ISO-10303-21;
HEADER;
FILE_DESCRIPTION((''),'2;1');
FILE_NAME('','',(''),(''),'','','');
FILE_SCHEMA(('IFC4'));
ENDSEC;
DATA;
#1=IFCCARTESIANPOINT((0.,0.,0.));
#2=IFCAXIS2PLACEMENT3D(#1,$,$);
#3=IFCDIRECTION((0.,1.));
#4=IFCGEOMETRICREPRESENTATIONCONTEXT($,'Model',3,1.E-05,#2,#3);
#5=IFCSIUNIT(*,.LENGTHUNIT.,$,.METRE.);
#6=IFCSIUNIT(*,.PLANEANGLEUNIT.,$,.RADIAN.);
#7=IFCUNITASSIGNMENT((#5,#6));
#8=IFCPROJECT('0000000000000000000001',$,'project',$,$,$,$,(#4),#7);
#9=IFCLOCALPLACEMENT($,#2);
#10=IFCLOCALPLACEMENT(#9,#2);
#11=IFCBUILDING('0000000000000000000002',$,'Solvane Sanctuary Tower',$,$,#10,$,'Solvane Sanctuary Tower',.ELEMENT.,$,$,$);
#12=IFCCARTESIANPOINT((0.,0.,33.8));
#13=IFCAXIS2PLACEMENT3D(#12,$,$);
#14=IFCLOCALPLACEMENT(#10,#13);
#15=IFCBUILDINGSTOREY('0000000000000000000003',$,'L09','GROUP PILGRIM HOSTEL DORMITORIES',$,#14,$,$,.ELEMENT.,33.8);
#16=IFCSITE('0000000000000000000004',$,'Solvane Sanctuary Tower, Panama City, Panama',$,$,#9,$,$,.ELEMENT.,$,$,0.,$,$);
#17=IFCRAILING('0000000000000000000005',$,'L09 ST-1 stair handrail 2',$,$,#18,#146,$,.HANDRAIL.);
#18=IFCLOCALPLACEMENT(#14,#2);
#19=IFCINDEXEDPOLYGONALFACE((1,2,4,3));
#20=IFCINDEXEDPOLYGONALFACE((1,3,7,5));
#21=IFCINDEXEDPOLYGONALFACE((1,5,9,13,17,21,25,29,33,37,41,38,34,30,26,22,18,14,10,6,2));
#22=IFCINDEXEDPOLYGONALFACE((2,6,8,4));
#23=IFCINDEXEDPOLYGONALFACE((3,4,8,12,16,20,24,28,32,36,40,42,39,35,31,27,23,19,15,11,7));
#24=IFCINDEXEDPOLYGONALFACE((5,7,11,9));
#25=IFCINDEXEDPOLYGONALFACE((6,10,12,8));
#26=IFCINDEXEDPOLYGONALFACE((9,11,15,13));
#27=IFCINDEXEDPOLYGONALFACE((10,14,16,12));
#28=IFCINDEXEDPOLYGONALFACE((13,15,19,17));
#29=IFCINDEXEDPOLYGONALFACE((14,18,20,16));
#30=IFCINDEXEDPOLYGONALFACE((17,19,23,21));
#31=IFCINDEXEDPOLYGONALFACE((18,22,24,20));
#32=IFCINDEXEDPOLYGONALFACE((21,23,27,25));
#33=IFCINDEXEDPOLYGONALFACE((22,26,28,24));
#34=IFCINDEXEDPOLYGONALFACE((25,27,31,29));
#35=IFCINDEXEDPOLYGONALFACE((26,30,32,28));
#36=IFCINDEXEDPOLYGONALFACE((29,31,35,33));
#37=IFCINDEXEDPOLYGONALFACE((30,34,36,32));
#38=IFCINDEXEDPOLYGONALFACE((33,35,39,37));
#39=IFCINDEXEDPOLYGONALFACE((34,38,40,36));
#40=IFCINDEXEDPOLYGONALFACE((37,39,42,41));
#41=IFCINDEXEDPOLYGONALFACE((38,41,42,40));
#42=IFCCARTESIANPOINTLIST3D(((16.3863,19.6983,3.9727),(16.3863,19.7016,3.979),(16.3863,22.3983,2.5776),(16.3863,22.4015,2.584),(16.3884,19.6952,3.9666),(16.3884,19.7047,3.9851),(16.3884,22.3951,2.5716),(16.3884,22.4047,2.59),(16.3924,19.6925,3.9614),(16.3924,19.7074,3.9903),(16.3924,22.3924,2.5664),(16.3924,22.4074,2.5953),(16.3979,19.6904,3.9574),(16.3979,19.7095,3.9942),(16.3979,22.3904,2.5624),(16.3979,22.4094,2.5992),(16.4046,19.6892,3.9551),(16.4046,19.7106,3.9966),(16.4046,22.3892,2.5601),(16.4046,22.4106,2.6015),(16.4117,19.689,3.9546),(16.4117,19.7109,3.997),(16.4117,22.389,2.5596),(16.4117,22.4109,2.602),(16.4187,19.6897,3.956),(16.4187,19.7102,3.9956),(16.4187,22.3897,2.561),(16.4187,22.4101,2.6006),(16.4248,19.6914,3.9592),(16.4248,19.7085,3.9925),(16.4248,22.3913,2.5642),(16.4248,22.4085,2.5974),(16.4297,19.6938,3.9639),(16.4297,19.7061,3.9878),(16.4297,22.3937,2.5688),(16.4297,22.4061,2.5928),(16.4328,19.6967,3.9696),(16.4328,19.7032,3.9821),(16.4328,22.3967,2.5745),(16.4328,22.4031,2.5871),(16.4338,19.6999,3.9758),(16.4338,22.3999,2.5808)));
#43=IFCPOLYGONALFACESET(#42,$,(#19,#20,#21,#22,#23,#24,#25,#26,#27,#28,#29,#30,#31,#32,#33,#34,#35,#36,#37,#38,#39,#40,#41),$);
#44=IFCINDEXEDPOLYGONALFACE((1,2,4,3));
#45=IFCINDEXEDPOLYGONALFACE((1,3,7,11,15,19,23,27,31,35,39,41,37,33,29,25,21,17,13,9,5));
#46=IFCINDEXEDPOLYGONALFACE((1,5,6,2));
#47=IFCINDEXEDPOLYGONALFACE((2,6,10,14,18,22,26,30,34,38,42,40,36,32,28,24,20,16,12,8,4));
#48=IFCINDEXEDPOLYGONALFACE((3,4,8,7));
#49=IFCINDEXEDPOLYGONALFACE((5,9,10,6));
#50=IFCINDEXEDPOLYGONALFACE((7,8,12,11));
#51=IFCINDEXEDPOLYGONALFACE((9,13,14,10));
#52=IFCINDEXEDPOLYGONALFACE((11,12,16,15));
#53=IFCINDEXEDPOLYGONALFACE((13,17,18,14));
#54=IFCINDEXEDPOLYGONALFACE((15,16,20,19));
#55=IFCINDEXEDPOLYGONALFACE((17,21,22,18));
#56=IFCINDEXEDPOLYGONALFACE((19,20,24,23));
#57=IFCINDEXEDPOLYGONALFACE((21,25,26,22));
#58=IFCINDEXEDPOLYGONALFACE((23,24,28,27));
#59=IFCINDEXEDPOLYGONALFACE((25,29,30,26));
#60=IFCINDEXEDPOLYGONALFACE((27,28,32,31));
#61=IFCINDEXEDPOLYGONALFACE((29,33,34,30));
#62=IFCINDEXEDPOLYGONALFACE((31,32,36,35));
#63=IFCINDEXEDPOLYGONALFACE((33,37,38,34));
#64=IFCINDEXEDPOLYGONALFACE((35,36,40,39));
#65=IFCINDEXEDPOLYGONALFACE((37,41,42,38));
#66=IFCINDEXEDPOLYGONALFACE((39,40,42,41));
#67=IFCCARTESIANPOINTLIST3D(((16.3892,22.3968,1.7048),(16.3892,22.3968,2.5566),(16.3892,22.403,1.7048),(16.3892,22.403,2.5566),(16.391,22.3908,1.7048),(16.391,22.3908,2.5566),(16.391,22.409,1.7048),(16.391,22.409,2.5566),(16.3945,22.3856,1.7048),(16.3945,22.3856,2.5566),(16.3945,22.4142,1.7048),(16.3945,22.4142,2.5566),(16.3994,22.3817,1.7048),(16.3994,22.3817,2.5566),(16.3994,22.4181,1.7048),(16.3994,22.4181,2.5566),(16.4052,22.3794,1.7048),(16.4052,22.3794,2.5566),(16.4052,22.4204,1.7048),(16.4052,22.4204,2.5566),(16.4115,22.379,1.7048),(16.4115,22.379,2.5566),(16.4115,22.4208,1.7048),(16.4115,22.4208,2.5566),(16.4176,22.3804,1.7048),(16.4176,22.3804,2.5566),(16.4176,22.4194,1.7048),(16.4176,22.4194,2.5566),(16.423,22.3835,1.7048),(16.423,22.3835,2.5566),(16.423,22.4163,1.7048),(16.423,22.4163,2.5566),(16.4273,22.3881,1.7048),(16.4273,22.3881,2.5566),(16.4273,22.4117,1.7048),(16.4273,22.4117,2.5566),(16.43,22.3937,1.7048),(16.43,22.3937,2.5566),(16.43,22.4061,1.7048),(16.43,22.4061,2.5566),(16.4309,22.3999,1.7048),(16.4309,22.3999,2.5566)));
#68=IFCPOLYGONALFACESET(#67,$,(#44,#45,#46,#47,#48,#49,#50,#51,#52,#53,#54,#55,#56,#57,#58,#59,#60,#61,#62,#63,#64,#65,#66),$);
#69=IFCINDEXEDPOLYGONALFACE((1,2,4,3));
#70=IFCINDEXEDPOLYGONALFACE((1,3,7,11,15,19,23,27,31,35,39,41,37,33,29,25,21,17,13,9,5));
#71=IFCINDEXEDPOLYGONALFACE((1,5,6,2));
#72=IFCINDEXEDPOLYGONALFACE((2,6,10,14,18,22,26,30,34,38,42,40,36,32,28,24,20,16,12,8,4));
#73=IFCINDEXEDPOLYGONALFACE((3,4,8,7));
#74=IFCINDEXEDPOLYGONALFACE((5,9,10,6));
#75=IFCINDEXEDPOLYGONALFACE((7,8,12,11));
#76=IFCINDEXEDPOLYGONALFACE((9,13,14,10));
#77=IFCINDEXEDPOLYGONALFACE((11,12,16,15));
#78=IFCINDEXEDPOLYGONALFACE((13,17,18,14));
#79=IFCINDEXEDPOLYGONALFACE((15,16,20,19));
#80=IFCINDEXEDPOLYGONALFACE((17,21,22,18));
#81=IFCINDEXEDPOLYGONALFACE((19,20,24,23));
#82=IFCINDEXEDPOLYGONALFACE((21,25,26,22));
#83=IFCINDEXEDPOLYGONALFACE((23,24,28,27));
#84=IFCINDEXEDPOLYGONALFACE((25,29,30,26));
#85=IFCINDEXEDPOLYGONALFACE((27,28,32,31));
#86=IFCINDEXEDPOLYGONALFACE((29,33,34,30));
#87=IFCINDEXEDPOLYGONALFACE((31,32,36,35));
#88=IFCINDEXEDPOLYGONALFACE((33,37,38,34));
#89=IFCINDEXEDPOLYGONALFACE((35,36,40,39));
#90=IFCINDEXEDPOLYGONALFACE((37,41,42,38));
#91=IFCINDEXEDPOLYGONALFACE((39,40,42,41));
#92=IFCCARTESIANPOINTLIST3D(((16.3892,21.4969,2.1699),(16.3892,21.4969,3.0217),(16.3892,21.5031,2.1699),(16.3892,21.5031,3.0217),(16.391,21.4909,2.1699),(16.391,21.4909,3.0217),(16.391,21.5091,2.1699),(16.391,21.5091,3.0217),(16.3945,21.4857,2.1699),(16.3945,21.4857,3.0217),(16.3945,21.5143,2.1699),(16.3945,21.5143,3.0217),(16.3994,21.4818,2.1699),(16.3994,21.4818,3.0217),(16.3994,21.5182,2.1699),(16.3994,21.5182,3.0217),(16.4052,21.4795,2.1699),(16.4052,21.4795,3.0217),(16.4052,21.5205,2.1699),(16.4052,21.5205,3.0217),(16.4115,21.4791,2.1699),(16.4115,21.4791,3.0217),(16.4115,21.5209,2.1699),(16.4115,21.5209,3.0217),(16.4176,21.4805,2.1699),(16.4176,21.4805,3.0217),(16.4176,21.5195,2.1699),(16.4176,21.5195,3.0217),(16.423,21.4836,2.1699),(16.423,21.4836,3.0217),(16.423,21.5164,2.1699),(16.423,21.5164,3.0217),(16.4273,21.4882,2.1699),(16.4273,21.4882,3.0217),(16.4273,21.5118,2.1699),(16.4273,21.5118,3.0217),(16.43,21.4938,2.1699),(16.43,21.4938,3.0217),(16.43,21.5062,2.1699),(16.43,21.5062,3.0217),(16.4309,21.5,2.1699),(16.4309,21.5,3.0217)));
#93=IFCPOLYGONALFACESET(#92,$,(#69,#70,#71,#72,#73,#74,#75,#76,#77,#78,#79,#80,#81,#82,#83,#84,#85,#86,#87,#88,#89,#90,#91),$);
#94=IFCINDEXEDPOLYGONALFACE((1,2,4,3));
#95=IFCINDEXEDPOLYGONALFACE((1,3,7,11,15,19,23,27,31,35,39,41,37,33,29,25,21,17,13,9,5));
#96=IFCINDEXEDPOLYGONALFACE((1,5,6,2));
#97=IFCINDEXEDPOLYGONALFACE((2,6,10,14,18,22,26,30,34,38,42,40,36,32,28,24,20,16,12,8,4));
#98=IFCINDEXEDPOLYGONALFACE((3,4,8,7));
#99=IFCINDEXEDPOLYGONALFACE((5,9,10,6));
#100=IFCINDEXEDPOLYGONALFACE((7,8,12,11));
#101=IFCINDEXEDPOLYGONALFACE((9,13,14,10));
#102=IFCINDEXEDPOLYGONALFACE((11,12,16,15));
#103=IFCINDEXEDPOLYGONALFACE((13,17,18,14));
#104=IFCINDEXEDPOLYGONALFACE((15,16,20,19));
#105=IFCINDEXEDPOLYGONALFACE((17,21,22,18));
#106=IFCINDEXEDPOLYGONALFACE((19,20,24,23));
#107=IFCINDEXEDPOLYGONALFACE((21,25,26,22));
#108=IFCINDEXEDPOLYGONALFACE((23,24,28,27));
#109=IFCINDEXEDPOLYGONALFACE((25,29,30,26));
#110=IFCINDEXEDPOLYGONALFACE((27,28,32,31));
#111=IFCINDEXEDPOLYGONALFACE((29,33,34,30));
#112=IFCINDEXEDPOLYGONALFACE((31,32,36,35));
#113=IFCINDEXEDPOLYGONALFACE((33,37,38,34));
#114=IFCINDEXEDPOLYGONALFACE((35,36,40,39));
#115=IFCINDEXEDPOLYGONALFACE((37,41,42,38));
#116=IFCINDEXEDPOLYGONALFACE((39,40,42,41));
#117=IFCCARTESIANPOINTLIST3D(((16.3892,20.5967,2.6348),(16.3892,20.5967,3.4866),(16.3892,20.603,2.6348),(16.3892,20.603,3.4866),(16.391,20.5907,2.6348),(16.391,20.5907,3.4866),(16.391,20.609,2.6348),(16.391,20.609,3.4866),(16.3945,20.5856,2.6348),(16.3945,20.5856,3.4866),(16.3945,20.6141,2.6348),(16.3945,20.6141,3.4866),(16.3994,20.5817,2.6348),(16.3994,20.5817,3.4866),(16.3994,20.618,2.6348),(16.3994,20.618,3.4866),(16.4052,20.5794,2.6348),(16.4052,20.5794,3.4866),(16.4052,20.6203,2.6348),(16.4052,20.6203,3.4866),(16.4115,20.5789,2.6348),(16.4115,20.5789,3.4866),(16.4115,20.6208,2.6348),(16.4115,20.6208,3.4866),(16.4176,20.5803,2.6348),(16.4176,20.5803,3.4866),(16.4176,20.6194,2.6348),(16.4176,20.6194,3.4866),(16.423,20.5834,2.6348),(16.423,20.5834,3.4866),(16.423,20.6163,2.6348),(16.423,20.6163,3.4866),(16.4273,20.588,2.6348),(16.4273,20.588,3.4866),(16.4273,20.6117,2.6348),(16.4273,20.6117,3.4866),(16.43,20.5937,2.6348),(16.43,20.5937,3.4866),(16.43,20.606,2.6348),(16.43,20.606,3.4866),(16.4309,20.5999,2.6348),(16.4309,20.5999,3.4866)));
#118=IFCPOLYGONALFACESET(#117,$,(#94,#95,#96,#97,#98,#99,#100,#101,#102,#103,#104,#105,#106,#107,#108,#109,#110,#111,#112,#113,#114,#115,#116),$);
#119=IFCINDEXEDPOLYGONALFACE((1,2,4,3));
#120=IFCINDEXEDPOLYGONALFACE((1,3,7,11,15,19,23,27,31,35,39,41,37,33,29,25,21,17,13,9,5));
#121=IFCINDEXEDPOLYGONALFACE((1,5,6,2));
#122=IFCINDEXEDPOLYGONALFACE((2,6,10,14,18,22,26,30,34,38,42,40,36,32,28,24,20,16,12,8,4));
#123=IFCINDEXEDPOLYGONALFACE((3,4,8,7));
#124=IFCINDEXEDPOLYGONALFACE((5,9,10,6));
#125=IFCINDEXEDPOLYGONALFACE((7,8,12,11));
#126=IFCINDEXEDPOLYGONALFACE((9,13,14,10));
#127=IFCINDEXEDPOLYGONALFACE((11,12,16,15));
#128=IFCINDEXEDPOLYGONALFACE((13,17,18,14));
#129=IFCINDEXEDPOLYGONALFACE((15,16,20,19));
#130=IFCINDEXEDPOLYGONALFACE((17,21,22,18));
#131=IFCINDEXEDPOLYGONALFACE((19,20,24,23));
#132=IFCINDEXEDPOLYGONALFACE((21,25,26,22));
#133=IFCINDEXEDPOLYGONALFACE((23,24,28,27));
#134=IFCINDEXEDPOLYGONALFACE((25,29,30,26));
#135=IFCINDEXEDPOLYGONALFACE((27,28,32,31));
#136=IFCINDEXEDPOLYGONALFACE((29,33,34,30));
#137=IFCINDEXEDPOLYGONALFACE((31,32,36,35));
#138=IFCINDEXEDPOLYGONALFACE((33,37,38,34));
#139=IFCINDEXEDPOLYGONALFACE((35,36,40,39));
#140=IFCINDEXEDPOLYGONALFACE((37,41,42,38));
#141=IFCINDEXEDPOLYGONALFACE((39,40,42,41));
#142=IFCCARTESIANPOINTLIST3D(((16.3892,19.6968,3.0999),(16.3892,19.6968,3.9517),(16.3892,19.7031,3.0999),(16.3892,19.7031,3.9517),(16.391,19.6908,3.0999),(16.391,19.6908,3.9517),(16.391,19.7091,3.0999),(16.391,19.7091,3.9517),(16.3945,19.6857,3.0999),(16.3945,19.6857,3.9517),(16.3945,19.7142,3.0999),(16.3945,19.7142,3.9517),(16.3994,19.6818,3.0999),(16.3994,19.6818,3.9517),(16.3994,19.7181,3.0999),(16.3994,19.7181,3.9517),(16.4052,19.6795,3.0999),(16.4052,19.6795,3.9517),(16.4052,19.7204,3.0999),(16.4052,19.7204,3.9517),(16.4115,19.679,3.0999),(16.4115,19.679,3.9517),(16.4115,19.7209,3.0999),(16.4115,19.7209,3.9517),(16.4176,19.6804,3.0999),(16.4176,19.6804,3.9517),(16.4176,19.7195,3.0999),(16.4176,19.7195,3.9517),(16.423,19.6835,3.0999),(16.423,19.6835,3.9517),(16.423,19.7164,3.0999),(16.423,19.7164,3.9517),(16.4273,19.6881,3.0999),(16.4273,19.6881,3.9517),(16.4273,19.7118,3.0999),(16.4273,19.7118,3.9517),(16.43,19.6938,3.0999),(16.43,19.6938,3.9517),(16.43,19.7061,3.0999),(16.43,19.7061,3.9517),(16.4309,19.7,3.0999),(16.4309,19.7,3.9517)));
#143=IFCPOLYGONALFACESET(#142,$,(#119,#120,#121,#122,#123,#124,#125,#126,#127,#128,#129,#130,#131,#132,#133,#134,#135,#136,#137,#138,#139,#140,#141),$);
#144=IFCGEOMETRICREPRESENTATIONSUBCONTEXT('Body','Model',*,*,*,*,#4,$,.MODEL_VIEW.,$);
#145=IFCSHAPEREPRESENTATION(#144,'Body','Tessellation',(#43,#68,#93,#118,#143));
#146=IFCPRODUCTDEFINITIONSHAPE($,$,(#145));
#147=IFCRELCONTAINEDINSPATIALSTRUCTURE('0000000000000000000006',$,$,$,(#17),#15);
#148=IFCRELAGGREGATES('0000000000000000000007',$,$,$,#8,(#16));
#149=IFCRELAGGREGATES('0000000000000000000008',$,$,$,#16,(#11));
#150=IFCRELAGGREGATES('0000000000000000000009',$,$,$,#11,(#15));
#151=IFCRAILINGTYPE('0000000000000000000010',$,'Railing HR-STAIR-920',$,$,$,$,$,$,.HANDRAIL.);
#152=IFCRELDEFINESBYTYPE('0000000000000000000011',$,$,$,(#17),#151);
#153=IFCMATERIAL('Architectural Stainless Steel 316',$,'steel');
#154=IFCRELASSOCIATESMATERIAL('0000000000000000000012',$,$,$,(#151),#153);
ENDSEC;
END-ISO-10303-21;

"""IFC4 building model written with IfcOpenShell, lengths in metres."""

from ifc_helpers import new_model, si_unit, direction, frame, origin, origin_2d, place, context, subcontext, project, spatial, circle, extrude, material, type_object, element, save


model = new_model("IFC4")

# Units and contexts
model_context = context("Model", 3, precision=1e-05, world=origin(), true_north=direction((0.0, 1.0)))
body_context = subcontext(model_context, "Body", "Model", "MODEL_VIEW")
ifc_project = project(units=[si_unit("LENGTHUNIT", "METRE"), si_unit("PLANEANGLEUNIT", "RADIAN")], contexts=[model_context])

# Site, building, storey
site_placement = place(None, origin())
site = spatial("IfcSite", under=ifc_project, at=site_placement, Name="Solvane Sanctuary Tower, Panama City, Panama", CompositionType="ELEMENT", RefElevation=0.0)
building_placement = place(site_placement, origin())
building = spatial("IfcBuilding", under=site, at=building_placement, Name="Solvane Sanctuary Tower", LongName="Solvane Sanctuary Tower", CompositionType="ELEMENT")
storey_placement = place(building_placement, frame((0.0, 0.0, 33.8)))
storey = spatial("IfcBuildingStorey", under=building, at=storey_placement, Name="L09", Description="GROUP PILGRIM HOSTEL DORMITORIES", CompositionType="ELEMENT", Elevation=33.8)

# Railing
ifc_material_1 = material(Name="Architectural Stainless Steel 316", Category="steel")
railing_type_1 = type_object("IfcRailingType", Name="Railing HR-STAIR-920", PredefinedType="HANDRAIL", material=ifc_material_1)
railing_1_placement = place(storey_placement, frame((16.4099, 22.3999, 1.7048)))
element("IfcRailing", 1, at=railing_1_placement, inside=storey, type_object=railing_type_1, Name="L09 ST-1 stair handrail 2", PredefinedType="HANDRAIL", context=body_context, shape_type="SweptSolid", body=[
    extrude(circle(Radius=0.0239, at=origin_2d()), frame((0.0, 0.0, 0.876), z_axis=(0.0, -0.88842, 0.459032), x_axis=(1.0, 0.0, 0.0)), (0.0, 0.0, 1.0), 3.0391),
    extrude(circle(Radius=0.021, at=origin_2d()), origin(), (0.0, 0.0, 1.0), 0.8518),
    extrude(circle(Radius=0.021, at=origin_2d()), frame((0.0, -0.8999, 0.4651)), (0.0, 0.0, 1.0), 0.8518),
    extrude(circle(Radius=0.021, at=origin_2d()), frame((0.0, -1.8, 0.9299)), (0.0, 0.0, 1.0), 0.8518),
    extrude(circle(Radius=0.021, at=origin_2d()), frame((0.0, -2.7, 1.395)), (0.0, 0.0, 1.0), 0.8518),
])

save(model, "model.ifc")
